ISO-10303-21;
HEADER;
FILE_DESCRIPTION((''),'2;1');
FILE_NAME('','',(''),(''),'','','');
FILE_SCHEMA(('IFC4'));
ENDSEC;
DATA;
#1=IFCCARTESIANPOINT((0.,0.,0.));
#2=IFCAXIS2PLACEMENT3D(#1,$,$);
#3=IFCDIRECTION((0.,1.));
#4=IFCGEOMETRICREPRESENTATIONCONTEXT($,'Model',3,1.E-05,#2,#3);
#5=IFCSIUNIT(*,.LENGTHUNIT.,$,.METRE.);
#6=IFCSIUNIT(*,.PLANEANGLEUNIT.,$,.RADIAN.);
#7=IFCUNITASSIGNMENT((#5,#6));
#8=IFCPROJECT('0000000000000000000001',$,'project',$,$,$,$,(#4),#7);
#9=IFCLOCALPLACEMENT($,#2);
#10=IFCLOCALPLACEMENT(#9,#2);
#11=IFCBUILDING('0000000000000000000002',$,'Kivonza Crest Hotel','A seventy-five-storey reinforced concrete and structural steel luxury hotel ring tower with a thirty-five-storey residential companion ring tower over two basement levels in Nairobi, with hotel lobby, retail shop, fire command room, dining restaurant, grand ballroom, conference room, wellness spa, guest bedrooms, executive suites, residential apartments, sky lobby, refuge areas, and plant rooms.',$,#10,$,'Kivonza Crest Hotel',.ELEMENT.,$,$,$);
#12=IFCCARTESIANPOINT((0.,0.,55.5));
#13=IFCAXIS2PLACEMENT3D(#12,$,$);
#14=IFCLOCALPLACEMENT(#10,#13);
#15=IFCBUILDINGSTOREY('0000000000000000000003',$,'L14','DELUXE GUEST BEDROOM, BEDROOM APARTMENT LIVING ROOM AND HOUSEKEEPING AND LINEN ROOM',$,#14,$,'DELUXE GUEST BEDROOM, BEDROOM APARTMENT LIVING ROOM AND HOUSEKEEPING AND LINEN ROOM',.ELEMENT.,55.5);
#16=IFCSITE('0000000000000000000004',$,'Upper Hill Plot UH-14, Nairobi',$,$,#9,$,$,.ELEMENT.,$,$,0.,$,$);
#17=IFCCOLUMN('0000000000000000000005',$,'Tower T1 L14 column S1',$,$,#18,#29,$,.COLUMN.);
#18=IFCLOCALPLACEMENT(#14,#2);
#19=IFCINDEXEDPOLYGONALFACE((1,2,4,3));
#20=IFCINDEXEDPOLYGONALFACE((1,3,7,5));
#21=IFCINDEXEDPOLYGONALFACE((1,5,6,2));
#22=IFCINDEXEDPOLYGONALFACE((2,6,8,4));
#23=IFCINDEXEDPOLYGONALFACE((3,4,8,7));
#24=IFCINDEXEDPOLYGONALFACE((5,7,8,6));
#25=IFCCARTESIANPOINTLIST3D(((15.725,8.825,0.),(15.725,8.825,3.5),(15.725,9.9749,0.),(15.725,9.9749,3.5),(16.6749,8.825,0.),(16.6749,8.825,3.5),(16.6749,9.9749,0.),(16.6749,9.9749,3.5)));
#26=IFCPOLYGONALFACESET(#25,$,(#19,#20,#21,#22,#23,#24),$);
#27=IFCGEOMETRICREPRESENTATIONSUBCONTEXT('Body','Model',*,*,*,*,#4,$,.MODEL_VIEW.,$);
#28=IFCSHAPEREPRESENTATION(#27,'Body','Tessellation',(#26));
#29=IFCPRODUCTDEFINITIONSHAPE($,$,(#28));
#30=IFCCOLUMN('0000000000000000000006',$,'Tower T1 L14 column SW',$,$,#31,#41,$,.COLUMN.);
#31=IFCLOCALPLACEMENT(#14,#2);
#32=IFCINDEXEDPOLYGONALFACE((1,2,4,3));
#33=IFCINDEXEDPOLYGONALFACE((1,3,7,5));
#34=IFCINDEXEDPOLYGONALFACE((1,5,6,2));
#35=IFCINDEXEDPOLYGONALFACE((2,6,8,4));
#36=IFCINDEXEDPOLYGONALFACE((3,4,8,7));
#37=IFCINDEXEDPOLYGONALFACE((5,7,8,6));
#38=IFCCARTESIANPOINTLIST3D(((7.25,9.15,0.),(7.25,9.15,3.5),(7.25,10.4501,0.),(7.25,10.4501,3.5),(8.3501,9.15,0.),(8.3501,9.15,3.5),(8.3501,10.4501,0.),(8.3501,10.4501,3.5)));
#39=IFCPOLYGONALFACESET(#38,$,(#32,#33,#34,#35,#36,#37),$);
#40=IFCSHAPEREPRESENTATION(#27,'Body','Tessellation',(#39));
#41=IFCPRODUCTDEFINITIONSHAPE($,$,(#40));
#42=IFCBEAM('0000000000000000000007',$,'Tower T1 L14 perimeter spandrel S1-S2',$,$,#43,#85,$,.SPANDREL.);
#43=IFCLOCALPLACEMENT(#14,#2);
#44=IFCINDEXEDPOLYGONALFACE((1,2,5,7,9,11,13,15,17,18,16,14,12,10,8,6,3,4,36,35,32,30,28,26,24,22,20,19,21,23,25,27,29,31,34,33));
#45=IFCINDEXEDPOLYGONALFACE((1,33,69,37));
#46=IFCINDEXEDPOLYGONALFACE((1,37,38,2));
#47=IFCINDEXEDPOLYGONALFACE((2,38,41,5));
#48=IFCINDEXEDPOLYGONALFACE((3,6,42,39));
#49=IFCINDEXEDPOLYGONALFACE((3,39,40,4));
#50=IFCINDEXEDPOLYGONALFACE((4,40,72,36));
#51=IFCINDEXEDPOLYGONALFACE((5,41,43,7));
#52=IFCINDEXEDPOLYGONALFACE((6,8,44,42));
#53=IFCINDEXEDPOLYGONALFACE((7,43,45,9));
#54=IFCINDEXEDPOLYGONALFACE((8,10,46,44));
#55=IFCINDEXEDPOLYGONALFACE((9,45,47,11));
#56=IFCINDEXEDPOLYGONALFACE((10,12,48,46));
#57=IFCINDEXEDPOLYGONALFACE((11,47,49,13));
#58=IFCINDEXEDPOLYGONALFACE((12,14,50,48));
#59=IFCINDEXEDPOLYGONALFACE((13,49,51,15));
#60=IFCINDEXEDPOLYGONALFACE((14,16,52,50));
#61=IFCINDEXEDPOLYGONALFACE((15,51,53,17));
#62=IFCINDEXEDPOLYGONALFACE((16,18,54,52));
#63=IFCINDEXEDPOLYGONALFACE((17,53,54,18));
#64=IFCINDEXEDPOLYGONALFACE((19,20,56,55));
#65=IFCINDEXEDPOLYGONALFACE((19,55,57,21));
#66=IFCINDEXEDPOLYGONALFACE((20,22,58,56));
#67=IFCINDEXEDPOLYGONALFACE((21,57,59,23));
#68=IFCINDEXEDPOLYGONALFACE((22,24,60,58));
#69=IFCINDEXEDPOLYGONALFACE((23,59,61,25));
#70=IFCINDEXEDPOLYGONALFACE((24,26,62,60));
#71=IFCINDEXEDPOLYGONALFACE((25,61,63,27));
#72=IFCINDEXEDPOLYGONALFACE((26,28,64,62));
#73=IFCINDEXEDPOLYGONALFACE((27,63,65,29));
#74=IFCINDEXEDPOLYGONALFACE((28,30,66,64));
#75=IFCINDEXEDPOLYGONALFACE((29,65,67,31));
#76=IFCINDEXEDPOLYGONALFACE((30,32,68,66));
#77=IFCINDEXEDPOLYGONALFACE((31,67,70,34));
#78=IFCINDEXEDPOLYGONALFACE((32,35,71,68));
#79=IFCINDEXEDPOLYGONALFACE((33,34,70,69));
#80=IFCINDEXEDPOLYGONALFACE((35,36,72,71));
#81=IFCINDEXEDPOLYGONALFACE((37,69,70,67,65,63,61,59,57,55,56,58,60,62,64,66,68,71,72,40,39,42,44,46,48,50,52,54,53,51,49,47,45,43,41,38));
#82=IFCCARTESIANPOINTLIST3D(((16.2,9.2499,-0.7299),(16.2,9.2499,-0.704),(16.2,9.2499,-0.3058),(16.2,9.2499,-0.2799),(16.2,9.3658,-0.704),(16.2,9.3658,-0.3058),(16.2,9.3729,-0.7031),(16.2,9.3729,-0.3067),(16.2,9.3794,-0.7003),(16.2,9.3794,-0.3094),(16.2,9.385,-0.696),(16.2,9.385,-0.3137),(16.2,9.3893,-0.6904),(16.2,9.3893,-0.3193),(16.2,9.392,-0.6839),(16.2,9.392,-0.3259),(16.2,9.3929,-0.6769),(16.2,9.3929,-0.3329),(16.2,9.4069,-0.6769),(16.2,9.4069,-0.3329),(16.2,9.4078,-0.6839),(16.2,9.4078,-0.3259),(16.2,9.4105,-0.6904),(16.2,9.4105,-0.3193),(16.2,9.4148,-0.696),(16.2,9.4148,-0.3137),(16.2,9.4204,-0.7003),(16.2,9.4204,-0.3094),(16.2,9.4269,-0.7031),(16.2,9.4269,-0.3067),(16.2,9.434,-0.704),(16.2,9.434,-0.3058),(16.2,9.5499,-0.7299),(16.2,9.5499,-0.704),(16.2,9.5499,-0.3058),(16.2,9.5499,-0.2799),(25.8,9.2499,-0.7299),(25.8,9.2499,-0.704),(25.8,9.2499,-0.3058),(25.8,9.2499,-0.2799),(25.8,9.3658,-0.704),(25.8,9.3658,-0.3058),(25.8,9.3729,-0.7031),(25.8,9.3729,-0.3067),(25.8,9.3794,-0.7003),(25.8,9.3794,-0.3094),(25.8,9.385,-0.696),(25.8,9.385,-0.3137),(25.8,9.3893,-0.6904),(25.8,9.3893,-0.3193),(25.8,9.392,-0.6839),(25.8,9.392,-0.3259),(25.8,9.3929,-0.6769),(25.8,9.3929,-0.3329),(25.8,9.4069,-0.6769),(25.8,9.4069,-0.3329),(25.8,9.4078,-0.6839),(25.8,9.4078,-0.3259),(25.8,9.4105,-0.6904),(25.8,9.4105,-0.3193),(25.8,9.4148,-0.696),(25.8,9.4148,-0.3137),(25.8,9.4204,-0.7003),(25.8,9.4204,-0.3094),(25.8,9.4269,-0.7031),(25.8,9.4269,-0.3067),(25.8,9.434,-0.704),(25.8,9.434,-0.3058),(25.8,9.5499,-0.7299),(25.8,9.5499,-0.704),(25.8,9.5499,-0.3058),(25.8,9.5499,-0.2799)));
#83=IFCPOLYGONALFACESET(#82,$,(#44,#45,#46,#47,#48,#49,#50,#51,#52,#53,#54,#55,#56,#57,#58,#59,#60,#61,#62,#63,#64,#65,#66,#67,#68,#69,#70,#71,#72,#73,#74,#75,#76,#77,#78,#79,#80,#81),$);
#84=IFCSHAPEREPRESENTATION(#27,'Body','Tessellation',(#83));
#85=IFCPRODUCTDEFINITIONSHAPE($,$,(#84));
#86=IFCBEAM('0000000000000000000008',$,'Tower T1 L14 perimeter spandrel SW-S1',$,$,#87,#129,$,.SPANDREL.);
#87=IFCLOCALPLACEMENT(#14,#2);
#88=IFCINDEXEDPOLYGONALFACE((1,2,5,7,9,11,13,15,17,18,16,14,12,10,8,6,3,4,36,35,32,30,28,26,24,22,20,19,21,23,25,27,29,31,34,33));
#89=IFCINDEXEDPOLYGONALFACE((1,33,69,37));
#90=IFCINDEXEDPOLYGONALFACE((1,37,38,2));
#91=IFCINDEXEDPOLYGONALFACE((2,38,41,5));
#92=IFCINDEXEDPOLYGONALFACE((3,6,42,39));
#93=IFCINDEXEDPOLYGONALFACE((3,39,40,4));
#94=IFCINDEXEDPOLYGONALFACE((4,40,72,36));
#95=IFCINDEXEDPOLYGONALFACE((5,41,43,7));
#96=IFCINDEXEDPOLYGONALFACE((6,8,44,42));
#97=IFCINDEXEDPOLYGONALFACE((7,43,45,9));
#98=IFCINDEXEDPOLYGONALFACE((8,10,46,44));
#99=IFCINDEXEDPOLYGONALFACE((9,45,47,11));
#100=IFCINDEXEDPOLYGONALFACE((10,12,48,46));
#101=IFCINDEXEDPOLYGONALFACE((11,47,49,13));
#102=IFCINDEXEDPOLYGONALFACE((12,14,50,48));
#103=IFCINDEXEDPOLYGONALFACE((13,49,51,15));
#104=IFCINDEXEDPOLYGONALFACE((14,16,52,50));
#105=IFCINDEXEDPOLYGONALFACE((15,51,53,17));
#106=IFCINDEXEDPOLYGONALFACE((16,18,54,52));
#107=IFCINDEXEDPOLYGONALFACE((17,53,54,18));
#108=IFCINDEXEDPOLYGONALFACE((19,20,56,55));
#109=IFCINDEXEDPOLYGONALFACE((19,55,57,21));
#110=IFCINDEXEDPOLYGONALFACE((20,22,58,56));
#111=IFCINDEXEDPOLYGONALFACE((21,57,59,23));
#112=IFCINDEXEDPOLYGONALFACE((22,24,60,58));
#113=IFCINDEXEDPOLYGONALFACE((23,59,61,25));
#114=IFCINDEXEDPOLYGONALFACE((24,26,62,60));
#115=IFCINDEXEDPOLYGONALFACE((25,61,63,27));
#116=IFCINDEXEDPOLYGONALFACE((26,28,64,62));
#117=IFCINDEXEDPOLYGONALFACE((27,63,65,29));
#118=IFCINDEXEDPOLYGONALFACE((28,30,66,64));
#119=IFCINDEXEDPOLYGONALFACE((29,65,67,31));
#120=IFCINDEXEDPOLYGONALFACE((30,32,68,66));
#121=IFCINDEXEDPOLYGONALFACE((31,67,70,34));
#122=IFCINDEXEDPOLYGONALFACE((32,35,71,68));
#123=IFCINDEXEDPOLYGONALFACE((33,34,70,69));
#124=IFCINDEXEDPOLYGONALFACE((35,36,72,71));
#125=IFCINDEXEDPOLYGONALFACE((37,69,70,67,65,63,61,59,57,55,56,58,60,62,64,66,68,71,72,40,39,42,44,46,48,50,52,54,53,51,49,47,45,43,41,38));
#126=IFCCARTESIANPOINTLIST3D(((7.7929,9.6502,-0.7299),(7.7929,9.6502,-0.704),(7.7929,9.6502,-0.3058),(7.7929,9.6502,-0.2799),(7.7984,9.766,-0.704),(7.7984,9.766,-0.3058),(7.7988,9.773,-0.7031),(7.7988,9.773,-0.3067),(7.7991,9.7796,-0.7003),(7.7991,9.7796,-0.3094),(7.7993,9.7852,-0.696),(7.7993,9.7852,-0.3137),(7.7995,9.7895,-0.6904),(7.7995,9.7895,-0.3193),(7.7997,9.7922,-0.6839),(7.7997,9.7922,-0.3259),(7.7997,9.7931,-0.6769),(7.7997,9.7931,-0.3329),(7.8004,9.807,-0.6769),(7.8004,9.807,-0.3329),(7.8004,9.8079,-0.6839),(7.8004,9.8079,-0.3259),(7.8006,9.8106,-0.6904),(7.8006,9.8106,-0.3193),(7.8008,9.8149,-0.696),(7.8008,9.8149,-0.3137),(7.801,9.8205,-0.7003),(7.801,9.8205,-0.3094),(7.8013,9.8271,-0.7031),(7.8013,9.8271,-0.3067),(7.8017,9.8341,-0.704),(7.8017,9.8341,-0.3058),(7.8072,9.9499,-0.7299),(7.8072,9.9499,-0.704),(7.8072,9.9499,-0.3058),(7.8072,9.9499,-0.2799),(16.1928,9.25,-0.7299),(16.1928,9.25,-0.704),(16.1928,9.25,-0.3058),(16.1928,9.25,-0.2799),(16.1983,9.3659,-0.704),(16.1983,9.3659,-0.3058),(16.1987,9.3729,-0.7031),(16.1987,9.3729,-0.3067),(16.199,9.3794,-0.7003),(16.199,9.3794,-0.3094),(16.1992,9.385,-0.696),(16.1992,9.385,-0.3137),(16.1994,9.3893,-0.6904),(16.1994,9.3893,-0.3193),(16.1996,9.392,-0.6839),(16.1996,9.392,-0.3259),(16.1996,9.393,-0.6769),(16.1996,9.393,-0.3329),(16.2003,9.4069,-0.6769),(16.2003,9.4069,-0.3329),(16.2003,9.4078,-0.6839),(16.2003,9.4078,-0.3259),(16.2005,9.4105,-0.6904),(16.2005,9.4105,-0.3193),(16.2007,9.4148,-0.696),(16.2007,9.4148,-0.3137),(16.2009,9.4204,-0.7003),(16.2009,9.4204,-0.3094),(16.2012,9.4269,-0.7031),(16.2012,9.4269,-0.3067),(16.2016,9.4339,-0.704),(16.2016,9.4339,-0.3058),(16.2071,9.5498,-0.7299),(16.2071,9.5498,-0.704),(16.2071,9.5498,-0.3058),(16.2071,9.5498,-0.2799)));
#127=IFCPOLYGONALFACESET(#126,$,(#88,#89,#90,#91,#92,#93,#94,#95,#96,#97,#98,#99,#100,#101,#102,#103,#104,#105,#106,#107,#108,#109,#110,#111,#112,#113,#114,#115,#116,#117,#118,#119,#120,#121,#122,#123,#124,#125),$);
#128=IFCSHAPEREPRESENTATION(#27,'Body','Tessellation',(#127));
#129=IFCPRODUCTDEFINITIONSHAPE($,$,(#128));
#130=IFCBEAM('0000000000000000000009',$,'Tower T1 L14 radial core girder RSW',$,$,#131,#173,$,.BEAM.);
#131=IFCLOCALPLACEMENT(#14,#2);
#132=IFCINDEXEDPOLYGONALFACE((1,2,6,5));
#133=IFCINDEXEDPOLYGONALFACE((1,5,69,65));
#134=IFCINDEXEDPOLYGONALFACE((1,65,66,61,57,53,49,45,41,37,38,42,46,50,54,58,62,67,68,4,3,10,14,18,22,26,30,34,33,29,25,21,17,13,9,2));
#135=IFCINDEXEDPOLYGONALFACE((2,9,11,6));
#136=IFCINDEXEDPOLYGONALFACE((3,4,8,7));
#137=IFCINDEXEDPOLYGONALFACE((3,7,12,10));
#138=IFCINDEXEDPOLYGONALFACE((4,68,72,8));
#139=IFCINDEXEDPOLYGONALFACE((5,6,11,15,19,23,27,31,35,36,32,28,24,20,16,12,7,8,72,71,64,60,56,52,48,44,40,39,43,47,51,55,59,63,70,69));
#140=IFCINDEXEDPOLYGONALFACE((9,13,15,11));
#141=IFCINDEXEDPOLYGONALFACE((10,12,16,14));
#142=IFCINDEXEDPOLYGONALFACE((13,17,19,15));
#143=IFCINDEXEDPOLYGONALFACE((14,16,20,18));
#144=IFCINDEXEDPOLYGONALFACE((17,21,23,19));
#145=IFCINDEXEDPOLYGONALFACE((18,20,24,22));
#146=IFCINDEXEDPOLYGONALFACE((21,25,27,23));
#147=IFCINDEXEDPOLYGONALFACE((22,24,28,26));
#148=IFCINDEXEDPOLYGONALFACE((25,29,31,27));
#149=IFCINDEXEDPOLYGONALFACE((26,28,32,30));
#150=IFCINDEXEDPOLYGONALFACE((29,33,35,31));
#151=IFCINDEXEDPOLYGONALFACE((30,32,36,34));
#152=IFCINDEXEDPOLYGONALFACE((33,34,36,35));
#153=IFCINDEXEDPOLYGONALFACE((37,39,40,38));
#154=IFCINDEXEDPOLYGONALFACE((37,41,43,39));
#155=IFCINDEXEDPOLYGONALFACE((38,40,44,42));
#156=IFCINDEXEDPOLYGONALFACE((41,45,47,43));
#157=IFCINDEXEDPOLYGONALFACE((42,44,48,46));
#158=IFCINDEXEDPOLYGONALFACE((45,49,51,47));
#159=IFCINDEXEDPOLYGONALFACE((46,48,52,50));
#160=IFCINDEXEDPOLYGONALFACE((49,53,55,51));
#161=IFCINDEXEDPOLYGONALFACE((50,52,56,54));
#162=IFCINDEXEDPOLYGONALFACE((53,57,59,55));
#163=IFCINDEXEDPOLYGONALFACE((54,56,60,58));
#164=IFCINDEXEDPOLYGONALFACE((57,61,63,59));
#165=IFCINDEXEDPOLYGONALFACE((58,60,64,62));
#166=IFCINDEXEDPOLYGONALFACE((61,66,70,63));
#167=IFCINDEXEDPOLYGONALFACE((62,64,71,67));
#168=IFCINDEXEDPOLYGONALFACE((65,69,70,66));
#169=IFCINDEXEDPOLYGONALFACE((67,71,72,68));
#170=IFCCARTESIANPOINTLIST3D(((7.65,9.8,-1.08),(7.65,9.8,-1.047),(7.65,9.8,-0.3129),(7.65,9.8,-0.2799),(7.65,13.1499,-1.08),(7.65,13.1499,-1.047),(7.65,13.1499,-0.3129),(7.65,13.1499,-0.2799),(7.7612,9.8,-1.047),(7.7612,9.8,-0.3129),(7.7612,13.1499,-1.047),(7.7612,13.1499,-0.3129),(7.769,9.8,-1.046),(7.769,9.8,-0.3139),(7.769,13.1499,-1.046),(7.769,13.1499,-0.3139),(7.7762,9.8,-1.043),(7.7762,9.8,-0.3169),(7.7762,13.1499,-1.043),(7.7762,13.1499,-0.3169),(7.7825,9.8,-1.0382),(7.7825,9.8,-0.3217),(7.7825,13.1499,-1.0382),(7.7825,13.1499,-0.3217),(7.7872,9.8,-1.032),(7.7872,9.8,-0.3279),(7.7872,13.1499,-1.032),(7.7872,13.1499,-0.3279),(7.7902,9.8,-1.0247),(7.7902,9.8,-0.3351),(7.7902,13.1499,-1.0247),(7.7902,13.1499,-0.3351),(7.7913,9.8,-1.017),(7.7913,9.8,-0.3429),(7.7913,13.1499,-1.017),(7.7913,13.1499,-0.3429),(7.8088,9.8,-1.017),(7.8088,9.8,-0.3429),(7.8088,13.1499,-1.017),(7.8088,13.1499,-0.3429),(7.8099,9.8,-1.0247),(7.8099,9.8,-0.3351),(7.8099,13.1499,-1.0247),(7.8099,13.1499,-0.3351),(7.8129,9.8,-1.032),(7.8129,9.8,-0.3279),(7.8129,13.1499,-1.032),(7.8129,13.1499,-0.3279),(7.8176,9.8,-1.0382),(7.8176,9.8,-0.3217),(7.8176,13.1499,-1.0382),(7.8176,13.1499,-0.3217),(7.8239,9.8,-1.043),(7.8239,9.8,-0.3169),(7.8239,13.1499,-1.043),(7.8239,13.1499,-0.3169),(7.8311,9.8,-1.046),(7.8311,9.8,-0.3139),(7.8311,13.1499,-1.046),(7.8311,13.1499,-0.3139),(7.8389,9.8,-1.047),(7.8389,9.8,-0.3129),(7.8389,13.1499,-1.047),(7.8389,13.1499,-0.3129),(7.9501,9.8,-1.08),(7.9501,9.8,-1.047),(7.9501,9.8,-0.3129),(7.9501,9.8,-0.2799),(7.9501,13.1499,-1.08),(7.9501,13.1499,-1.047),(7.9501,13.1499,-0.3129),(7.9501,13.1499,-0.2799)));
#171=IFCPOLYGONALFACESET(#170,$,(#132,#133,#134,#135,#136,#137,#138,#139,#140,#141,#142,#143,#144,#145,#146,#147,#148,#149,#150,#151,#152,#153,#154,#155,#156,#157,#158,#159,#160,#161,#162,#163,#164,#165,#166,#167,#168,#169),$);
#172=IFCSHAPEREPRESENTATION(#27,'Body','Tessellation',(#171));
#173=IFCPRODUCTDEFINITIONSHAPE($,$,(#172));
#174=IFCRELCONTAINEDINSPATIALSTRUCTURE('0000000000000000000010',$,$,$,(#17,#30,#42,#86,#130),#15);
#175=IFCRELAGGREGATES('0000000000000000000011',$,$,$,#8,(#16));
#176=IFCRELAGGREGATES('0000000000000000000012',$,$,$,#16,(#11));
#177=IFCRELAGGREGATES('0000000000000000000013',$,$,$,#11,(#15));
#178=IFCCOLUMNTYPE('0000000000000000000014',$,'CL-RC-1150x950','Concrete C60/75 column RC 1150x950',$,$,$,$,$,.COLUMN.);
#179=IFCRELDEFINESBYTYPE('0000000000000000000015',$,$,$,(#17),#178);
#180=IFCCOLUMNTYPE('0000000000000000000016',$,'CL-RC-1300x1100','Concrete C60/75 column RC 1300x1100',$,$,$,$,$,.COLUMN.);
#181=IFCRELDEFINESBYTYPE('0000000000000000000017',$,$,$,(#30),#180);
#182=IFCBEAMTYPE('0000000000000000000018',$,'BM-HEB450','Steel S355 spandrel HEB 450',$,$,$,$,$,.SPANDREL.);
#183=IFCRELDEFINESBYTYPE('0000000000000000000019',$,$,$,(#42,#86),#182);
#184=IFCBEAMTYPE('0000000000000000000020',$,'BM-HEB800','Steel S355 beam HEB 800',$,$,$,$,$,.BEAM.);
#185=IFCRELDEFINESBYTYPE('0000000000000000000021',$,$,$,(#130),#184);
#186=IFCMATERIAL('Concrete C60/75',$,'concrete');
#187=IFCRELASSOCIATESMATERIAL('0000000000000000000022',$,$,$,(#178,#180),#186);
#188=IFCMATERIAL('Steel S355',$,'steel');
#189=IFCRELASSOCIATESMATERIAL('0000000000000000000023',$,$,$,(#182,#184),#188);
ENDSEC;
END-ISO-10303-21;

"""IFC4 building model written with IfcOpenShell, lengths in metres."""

from ifc_helpers import new_model, si_unit, direction, frame, origin, origin_2d, place, context, subcontext, project, spatial, rectangle, i_section, extrude, material, material_profile, profile_set, type_object, element, save


model = new_model("IFC4")

# Units and contexts
model_context = context("Model", 3, precision=1e-05, world=origin(), true_north=direction((0.0, 1.0)))
body_context = subcontext(model_context, "Body", "Model", "MODEL_VIEW")
ifc_project = project(units=[si_unit("LENGTHUNIT", "METRE"), si_unit("PLANEANGLEUNIT", "RADIAN")], contexts=[model_context])

# Site, building, storey
site_placement = place(None, origin())
site = spatial("IfcSite", under=ifc_project, at=site_placement, Name="Upper Hill Plot UH-14, Nairobi", CompositionType="ELEMENT", RefElevation=0.0)
building_placement = place(site_placement, origin())
building = spatial("IfcBuilding", under=site, at=building_placement, Name="Kivonza Crest Hotel", Description="A seventy-five-storey reinforced concrete and structural steel luxury hotel ring tower with a thirty-five-storey residential companion ring tower over two basement levels in Nairobi, with hotel lobby, retail shop, fire command room, dining restaurant, grand ballroom, conference room, wellness spa, guest bedrooms, executive suites, residential apartments, sky lobby, refuge areas, and plant rooms.", LongName="Kivonza Crest Hotel", CompositionType="ELEMENT")
storey_placement = place(building_placement, frame((0.0, 0.0, 55.5)))
storey = spatial("IfcBuildingStorey", under=building, at=storey_placement, Name="L14", Description="DELUXE GUEST BEDROOM, BEDROOM APARTMENT LIVING ROOM AND HOUSEKEEPING AND LINEN ROOM", LongName="DELUXE GUEST BEDROOM, BEDROOM APARTMENT LIVING ROOM AND HOUSEKEEPING AND LINEN ROOM", CompositionType="ELEMENT", Elevation=55.5)

# Columns
ifc_material_1 = material(Name="Concrete C60/75", Category="concrete")
ifc_material_profile_1 = material_profile(ifc_material_1, rectangle(XDim=0.95, YDim=1.1499, at=origin_2d()), Name="RC 1150x950")
ifc_profile_set_1 = profile_set([ifc_material_profile_1], Name="Concrete C60/75")
column_type_1 = type_object("IfcColumnType", Name="CL-RC-1150x950", Description="Concrete C60/75 column RC 1150x950", PredefinedType="COLUMN", material=ifc_profile_set_1)
column_1_placement = place(storey_placement, frame((16.2, 9.3999, 0.0), z_axis=(0.0, 0.0, 1.0), x_axis=(1.0, 0.0, 0.0)))
element("IfcColumn", 1, at=column_1_placement, inside=storey, type_object=column_type_1, Name="Tower T1 L14 column S1", PredefinedType="COLUMN", context=body_context, shape_type="SweptSolid", body=[
    extrude(rectangle(XDim=0.95, YDim=1.1499, at=origin_2d()), origin(), (0.0, 0.0, 1.0), 3.5),
])
ifc_material_profile_2 = material_profile(ifc_material_1, rectangle(XDim=1.1001, YDim=1.3, at=origin_2d()), Name="RC 1300x1100")
ifc_profile_set_2 = profile_set([ifc_material_profile_2], Name="Concrete C60/75")
column_type_2 = type_object("IfcColumnType", Name="CL-RC-1300x1100", Description="Concrete C60/75 column RC 1300x1100", PredefinedType="COLUMN", material=ifc_profile_set_2)
column_2_placement = place(storey_placement, frame((7.8, 9.8, 0.0), z_axis=(0.0, 0.0, 1.0), x_axis=(1.0, 0.0, 0.0)))
element("IfcColumn", 2, at=column_2_placement, inside=storey, type_object=column_type_2, Name="Tower T1 L14 column SW", PredefinedType="COLUMN", context=body_context, shape_type="SweptSolid", body=[
    extrude(rectangle(XDim=1.1001, YDim=1.3, at=origin_2d()), origin(), (0.0, 0.0, 1.0), 3.5),
])

# Beams
ifc_material_2 = material(Name="Steel S355", Category="steel")
ifc_material_profile_3 = material_profile(ifc_material_2, i_section(OverallWidth=0.3, OverallDepth=0.45, WebThickness=0.0139, FlangeThickness=0.0259, FilletRadius=0.0271, at=origin_2d()), Name="HEB 450")
ifc_profile_set_3 = profile_set([ifc_material_profile_3], Name="Steel S355")
beam_type_1 = type_object("IfcBeamType", Name="BM-HEB450", Description="Steel S355 spandrel HEB 450", PredefinedType="SPANDREL", material=ifc_profile_set_3)
beam_1_placement = place(storey_placement, frame((16.2, 9.3999, -0.5049), z_axis=(1.0, 0.0, 0.0), x_axis=(0.0, 1.0, 0.0)))
element("IfcBeam", 3, at=beam_1_placement, inside=storey, type_object=beam_type_1, Name="Tower T1 L14 perimeter spandrel S1-S2", PredefinedType="SPANDREL", context=body_context, shape_type="SweptSolid", body=[
    extrude(i_section(OverallWidth=0.3, OverallDepth=0.45, WebThickness=0.0139, FlangeThickness=0.0259, FilletRadius=0.0271, at=origin_2d()), origin(), (0.0, 0.0, 1.0), 9.6001),
])
beam_2_placement = place(storey_placement, frame((7.8, 9.8, -0.5049), z_axis=(0.998867, -0.047583, 0.0), x_axis=(0.047583, 0.998867, 0.0)))
element("IfcBeam", 4, at=beam_2_placement, inside=storey, type_object=beam_type_1, Name="Tower T1 L14 perimeter spandrel SW-S1", PredefinedType="SPANDREL", context=body_context, shape_type="SweptSolid", body=[
    extrude(i_section(OverallWidth=0.3, OverallDepth=0.45, WebThickness=0.0139, FlangeThickness=0.0259, FilletRadius=0.0271, at=origin_2d()), origin(), (0.0, 0.0, 1.0), 8.4094),
])
ifc_material_profile_4 = material_profile(ifc_material_2, i_section(OverallWidth=0.3, OverallDepth=0.8, WebThickness=0.0176, FlangeThickness=0.033, FilletRadius=0.03, at=origin_2d()), Name="HEB 800")
ifc_profile_set_4 = profile_set([ifc_material_profile_4], Name="Steel S355")
beam_type_2 = type_object("IfcBeamType", Name="BM-HEB800", Description="Steel S355 beam HEB 800", PredefinedType="BEAM", material=ifc_profile_set_4)
beam_3_placement = place(storey_placement, frame((7.8, 9.8, -0.6799), z_axis=(0.0, 1.0, 0.0), x_axis=(-1.0, 0.0, 0.0)))
element("IfcBeam", 5, at=beam_3_placement, inside=storey, type_object=beam_type_2, Name="Tower T1 L14 radial core girder RSW", PredefinedType="BEAM", context=body_context, shape_type="SweptSolid", body=[
    extrude(i_section(OverallWidth=0.3, OverallDepth=0.8, WebThickness=0.0176, FlangeThickness=0.033, FilletRadius=0.03, at=origin_2d()), origin(), (0.0, 0.0, 1.0), 3.3499),
])

save(model, "model.ifc")
